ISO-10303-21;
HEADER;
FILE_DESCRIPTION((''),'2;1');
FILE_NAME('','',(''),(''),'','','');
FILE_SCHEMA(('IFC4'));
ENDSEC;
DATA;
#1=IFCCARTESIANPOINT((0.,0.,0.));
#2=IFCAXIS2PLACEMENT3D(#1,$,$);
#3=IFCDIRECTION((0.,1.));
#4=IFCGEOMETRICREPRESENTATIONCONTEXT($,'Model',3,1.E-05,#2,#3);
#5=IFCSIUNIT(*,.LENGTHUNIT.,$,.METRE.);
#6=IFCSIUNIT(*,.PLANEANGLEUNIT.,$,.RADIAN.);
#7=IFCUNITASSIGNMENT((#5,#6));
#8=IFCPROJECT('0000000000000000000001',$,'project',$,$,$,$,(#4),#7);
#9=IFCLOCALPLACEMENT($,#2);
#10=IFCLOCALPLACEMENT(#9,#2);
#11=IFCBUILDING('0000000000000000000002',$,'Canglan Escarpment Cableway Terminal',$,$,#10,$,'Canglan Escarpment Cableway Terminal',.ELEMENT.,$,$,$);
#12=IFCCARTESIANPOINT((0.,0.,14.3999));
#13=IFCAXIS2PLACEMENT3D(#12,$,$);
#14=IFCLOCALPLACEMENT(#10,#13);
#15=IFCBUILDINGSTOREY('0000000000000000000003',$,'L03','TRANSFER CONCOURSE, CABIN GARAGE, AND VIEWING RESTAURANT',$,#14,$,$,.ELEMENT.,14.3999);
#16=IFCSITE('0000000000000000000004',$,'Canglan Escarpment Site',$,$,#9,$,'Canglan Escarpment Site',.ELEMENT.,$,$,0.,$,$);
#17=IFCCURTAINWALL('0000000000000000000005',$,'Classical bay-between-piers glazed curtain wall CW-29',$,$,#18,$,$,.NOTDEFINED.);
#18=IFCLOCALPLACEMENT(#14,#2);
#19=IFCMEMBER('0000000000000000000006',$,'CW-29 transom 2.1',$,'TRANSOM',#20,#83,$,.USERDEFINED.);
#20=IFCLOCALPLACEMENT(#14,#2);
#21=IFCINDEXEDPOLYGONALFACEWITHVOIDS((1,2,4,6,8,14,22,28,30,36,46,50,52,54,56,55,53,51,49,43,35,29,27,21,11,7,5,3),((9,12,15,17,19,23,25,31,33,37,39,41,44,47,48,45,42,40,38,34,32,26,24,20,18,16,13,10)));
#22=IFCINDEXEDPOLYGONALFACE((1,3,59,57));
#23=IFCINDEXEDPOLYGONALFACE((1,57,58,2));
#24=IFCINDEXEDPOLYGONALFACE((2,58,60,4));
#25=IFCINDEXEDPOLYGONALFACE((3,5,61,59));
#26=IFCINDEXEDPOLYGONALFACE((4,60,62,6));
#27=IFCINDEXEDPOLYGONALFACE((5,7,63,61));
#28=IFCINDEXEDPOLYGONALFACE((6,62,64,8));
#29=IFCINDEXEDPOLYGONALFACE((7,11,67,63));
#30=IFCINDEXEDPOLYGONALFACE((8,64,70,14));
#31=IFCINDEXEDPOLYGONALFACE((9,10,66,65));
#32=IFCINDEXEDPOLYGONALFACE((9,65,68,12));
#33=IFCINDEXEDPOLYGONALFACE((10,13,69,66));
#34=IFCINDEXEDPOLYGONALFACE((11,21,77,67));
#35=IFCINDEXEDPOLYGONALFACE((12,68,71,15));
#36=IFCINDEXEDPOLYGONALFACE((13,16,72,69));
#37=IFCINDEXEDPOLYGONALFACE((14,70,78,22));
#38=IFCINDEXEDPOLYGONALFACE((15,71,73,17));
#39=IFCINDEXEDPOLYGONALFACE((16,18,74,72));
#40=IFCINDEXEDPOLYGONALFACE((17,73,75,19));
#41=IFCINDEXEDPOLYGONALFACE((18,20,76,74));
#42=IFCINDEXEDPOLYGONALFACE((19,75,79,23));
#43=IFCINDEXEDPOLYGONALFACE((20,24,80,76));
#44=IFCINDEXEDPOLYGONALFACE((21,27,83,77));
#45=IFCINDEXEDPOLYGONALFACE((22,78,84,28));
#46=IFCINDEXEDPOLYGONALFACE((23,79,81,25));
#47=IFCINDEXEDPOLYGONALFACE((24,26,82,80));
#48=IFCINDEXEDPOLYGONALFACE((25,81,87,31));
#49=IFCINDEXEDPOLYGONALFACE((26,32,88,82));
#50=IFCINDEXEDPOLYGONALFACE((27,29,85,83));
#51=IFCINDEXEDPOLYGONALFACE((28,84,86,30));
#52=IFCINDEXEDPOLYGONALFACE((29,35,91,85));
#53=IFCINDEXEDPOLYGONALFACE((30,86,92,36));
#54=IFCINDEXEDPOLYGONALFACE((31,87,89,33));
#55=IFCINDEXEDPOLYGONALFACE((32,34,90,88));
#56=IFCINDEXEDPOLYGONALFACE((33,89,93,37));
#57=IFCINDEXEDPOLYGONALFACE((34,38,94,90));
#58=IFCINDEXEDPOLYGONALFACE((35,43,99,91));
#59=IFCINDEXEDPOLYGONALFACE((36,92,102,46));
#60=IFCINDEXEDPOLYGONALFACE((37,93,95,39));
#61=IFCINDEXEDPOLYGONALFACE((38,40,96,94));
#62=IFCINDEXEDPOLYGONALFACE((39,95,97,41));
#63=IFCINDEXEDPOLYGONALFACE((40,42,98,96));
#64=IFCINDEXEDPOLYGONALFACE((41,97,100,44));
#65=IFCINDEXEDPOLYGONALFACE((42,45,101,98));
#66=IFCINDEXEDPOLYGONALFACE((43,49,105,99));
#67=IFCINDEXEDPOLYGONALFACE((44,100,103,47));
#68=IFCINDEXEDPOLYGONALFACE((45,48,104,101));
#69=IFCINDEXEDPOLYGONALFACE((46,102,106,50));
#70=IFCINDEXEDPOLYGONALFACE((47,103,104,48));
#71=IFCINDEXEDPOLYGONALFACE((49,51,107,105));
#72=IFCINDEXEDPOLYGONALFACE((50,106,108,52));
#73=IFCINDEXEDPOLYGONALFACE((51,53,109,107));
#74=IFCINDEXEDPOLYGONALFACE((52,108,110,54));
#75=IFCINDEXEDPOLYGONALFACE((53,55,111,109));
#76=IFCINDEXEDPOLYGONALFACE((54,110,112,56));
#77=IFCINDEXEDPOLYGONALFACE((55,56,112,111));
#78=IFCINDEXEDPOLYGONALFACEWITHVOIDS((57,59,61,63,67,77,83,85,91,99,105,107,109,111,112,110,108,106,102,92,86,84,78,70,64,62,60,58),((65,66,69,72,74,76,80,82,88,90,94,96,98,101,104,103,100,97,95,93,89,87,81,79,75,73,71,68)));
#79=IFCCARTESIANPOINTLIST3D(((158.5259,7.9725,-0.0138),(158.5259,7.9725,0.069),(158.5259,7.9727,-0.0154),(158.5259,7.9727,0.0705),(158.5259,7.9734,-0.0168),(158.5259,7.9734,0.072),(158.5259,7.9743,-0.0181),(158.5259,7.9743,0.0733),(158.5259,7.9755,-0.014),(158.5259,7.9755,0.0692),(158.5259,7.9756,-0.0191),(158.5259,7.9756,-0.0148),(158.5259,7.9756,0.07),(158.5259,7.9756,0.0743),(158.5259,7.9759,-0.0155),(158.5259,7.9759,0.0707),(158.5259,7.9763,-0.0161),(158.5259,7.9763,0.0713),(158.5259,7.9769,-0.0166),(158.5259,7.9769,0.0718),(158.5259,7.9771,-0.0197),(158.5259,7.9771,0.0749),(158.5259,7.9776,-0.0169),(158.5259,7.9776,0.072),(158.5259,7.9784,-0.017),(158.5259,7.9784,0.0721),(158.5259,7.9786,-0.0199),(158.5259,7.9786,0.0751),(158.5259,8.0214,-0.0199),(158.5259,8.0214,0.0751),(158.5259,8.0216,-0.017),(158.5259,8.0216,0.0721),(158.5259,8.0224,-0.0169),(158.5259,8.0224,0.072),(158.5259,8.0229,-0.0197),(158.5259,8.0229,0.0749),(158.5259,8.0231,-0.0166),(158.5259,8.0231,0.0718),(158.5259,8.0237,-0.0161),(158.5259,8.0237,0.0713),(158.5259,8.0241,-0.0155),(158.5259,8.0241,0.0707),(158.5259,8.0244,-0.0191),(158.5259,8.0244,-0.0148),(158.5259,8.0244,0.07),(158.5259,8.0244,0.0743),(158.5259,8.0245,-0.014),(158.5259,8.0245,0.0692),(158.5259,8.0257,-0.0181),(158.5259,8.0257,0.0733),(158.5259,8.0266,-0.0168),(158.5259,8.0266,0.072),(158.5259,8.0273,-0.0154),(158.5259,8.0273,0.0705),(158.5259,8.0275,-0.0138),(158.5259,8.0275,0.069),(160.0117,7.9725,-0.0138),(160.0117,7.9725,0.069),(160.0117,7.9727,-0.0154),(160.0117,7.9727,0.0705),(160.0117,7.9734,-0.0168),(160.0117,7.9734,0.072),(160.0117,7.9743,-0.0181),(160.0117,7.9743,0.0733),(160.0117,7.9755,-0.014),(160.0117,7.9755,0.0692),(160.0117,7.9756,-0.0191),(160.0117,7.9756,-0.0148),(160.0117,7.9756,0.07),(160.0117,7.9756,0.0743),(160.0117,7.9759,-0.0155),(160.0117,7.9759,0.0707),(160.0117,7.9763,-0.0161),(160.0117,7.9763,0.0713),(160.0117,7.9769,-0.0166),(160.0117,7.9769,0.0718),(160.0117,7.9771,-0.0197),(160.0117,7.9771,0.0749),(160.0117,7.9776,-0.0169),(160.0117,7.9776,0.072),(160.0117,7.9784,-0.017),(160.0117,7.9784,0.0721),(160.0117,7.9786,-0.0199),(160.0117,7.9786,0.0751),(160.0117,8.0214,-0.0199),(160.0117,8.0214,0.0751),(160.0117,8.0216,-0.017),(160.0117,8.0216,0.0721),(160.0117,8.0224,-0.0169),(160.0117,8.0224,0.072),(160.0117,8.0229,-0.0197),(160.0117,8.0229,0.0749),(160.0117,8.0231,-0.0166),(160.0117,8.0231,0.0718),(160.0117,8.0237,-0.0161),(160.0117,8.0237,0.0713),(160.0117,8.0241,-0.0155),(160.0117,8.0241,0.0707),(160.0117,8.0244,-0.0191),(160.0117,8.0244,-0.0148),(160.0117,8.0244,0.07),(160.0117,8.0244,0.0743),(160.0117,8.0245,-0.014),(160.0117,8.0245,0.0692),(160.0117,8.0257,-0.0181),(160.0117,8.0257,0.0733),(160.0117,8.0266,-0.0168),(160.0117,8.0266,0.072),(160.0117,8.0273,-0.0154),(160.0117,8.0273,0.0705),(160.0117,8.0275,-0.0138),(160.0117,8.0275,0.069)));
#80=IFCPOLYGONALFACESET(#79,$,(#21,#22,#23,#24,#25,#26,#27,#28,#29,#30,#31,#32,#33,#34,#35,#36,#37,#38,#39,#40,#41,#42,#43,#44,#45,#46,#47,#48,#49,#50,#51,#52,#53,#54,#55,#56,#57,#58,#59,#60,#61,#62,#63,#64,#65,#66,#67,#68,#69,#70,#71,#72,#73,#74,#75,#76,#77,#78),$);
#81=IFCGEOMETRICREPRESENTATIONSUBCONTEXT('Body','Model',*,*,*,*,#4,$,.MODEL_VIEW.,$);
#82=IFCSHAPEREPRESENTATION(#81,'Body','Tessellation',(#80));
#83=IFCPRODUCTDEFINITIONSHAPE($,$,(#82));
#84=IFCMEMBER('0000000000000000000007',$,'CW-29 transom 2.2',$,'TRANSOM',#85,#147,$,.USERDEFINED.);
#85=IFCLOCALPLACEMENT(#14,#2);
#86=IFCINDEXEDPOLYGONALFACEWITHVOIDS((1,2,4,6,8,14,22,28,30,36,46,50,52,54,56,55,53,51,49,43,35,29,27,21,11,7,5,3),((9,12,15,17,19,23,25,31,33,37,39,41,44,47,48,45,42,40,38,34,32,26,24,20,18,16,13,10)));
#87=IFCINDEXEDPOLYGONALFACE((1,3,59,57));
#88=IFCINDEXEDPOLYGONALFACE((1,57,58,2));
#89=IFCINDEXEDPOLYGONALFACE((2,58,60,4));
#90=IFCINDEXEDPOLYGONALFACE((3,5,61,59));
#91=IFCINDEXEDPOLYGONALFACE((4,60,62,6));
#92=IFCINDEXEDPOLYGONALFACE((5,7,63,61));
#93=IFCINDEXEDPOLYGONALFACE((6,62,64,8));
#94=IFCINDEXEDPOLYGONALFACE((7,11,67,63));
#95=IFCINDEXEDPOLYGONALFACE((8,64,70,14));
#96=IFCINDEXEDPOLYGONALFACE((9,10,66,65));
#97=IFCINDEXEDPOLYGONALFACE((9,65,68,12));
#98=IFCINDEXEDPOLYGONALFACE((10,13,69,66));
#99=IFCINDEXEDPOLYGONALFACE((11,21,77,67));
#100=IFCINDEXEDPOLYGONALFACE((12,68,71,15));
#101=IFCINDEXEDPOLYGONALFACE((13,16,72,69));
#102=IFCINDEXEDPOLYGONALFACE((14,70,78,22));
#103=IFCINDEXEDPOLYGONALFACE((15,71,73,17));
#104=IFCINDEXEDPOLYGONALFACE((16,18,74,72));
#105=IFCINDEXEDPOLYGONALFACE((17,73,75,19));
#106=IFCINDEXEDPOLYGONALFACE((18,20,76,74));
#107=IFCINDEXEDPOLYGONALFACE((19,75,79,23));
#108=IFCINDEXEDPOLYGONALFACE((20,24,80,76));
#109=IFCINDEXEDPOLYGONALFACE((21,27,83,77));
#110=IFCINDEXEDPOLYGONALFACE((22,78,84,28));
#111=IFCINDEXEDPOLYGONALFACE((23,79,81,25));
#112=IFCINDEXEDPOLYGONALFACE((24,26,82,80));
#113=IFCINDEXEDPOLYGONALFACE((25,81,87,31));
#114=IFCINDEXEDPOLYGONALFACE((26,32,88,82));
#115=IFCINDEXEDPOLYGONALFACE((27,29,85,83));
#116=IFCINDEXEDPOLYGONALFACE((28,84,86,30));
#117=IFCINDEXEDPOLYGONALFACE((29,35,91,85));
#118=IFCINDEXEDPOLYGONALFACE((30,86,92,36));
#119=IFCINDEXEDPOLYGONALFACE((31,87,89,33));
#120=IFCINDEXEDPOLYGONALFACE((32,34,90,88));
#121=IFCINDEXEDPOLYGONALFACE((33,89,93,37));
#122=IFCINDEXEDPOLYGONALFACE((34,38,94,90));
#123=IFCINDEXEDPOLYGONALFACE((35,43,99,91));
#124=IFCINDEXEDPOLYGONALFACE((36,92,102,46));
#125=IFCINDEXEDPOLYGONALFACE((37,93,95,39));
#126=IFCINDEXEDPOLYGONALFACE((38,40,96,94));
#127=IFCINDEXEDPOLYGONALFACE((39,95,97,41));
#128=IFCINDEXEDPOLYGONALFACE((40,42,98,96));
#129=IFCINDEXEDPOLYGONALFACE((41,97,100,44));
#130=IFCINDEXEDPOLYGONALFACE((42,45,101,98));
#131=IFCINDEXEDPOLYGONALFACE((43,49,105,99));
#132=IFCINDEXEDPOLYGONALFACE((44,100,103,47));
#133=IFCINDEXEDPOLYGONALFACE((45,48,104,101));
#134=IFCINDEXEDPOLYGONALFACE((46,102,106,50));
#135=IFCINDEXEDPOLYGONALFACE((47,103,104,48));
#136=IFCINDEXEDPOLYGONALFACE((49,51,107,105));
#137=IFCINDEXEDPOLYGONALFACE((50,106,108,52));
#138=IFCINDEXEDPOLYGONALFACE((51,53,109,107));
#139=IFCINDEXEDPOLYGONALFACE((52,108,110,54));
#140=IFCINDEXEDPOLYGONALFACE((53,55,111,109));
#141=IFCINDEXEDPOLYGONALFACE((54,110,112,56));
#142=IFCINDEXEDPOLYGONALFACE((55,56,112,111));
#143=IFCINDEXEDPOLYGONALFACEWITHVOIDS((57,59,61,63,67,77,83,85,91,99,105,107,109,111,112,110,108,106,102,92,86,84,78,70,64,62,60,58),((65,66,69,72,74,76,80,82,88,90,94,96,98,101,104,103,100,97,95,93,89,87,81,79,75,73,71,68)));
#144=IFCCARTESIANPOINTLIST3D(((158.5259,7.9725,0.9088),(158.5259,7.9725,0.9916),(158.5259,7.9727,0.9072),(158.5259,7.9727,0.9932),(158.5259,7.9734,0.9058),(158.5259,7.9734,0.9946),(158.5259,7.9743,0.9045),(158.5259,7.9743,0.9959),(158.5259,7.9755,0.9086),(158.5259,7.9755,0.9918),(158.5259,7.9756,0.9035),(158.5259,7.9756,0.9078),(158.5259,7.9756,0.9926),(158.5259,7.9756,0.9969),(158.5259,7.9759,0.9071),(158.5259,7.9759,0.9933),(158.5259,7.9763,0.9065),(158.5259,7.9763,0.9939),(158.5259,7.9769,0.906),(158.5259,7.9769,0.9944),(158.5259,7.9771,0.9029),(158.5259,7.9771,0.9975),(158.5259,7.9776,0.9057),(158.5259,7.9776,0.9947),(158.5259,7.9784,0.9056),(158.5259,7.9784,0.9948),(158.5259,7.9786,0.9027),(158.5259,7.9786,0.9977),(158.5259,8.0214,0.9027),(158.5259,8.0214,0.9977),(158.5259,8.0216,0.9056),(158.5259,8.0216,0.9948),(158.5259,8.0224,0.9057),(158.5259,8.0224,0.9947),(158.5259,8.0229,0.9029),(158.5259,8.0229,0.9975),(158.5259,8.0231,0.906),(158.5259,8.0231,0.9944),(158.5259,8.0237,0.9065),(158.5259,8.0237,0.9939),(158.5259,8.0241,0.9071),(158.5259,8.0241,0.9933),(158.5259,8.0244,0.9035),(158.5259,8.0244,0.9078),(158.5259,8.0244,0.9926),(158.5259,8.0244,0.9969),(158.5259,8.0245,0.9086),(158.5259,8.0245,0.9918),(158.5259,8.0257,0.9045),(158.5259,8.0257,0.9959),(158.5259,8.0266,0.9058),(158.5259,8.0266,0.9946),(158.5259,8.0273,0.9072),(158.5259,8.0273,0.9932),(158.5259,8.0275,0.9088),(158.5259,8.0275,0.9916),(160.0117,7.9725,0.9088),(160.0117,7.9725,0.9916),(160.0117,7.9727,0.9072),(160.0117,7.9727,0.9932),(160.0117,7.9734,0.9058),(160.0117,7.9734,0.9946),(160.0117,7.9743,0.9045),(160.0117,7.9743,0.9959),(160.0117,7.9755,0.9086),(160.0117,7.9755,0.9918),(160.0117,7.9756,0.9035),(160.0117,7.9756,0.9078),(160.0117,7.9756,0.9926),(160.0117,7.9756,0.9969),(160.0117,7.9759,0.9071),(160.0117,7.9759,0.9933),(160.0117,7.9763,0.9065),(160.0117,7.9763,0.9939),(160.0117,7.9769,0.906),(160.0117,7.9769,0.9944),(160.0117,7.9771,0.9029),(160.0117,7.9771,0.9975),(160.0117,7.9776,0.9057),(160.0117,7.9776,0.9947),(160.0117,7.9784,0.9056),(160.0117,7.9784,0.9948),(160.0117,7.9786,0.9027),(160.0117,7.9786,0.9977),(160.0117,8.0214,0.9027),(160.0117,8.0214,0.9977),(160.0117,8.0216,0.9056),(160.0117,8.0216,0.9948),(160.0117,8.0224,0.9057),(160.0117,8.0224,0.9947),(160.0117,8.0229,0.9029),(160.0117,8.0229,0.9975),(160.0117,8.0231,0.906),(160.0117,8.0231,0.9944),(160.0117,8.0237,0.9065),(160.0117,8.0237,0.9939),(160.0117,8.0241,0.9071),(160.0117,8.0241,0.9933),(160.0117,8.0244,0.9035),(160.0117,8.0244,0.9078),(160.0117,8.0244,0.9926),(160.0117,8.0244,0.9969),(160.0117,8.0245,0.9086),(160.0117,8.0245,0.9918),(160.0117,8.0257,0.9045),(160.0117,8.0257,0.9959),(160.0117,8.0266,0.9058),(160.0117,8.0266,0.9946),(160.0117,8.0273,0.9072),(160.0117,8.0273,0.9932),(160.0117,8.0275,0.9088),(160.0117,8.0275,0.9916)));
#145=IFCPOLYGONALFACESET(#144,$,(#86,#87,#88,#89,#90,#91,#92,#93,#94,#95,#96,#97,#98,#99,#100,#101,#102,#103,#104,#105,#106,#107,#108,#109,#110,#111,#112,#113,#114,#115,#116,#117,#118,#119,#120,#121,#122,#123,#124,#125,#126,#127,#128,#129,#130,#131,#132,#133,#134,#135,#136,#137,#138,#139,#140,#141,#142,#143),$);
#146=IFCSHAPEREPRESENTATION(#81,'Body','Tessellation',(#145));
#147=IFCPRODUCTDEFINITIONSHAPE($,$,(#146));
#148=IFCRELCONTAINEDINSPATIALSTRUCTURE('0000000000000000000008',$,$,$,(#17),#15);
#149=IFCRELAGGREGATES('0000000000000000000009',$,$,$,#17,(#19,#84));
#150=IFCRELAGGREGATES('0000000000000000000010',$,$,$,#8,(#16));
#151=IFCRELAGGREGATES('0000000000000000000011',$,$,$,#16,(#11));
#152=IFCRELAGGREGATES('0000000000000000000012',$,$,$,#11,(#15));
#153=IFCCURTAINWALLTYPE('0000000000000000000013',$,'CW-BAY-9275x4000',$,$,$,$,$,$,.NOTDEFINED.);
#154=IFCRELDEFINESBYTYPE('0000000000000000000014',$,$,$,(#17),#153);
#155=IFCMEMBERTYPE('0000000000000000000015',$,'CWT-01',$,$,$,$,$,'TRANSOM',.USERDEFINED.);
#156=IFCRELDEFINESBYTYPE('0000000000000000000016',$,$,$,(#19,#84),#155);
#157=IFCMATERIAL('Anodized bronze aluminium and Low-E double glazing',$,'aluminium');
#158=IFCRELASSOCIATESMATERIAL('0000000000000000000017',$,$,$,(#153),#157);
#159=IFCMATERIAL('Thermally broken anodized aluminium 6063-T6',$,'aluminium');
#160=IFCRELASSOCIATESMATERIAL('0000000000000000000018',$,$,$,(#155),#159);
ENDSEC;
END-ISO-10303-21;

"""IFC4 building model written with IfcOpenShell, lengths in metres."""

from ifc_helpers import new_model, si_unit, direction, frame, origin, origin_2d, place, context, subcontext, project, spatial, hollow_rectangle, extrude, material, material_profile, profile_set, type_object, element, aggregate, save


model = new_model("IFC4")

# Units and contexts
model_context = context("Model", 3, precision=1e-05, world=origin(), true_north=direction((0.0, 1.0)))
body_context = subcontext(model_context, "Body", "Model", "MODEL_VIEW")
ifc_project = project(units=[si_unit("LENGTHUNIT", "METRE"), si_unit("PLANEANGLEUNIT", "RADIAN")], contexts=[model_context])

# Site, building, storey
site_placement = place(None, origin())
site = spatial("IfcSite", under=ifc_project, at=site_placement, Name="Canglan Escarpment Site", LongName="Canglan Escarpment Site", CompositionType="ELEMENT", RefElevation=0.0)
building_placement = place(site_placement, origin())
building = spatial("IfcBuilding", under=site, at=building_placement, Name="Canglan Escarpment Cableway Terminal", LongName="Canglan Escarpment Cableway Terminal", CompositionType="ELEMENT")
storey_placement = place(building_placement, frame((0.0, 0.0, 14.3999)))
storey = spatial("IfcBuildingStorey", under=building, at=storey_placement, Name="L03", Description="TRANSFER CONCOURSE, CABIN GARAGE, AND VIEWING RESTAURANT", CompositionType="ELEMENT", Elevation=14.3999)

# Curtain wall, members
ifc_material_1 = material(Name="Anodized bronze aluminium and Low-E double glazing", Category="aluminium")
curtain_wall_type = type_object("IfcCurtainWallType", Name="CW-BAY-9275x4000", PredefinedType="NOTDEFINED", material=ifc_material_1)
curtain_wall_placement = place(storey_placement, origin())
curtain_wall = element("IfcCurtainWall", 1, at=curtain_wall_placement, inside=storey, type_object=curtain_wall_type, Name="Classical bay-between-piers glazed curtain wall CW-29", PredefinedType="NOTDEFINED")
ifc_material_2 = material(Name="Thermally broken anodized aluminium 6063-T6", Category="aluminium")
ifc_material_profile_1 = material_profile(ifc_material_2, hollow_rectangle(XDim=0.0549, YDim=0.095, WallThickness=0.0029, InnerFilletRadius=0.0029, OuterFilletRadius=0.0061, at=origin_2d()), Name="ALU-TRAN 55x95x3")
ifc_profile_set_1 = profile_set([ifc_material_profile_1], Name="Thermally broken anodized aluminium 6063-T6")
member_type_1 = type_object("IfcMemberType", Name="CWT-01", ElementType="TRANSOM", PredefinedType="USERDEFINED", material=ifc_profile_set_1)
member_1_placement = place(storey_placement, frame((158.5259, 8.0, 0.0276), z_axis=(1.0, 0.0, 0.0), x_axis=(0.0, 1.0, 0.0)))
member_1 = element("IfcMember", 2, at=member_1_placement, type_object=member_type_1, Name="CW-29 transom 2.1", ObjectType="TRANSOM", PredefinedType="USERDEFINED", context=body_context, shape_type="SweptSolid", body=[
    extrude(hollow_rectangle(XDim=0.0549, YDim=0.095, WallThickness=0.0029, InnerFilletRadius=0.0029, OuterFilletRadius=0.0061, at=origin_2d()), origin(), (0.0, 0.0, 1.0), 1.4858),
])
member_2_placement = place(storey_placement, frame((158.5259, 8.0, 0.9502), z_axis=(1.0, 0.0, 0.0), x_axis=(0.0, 1.0, 0.0)))
member_2 = element("IfcMember", 3, at=member_2_placement, type_object=member_type_1, Name="CW-29 transom 2.2", ObjectType="TRANSOM", PredefinedType="USERDEFINED", context=body_context, shape_type="SweptSolid", body=[
    extrude(hollow_rectangle(XDim=0.0549, YDim=0.095, WallThickness=0.0029, InnerFilletRadius=0.0029, OuterFilletRadius=0.0061, at=origin_2d()), origin(), (0.0, 0.0, 1.0), 1.4858),
])
aggregate(curtain_wall, [member_1, member_2])

save(model, "model.ifc")
